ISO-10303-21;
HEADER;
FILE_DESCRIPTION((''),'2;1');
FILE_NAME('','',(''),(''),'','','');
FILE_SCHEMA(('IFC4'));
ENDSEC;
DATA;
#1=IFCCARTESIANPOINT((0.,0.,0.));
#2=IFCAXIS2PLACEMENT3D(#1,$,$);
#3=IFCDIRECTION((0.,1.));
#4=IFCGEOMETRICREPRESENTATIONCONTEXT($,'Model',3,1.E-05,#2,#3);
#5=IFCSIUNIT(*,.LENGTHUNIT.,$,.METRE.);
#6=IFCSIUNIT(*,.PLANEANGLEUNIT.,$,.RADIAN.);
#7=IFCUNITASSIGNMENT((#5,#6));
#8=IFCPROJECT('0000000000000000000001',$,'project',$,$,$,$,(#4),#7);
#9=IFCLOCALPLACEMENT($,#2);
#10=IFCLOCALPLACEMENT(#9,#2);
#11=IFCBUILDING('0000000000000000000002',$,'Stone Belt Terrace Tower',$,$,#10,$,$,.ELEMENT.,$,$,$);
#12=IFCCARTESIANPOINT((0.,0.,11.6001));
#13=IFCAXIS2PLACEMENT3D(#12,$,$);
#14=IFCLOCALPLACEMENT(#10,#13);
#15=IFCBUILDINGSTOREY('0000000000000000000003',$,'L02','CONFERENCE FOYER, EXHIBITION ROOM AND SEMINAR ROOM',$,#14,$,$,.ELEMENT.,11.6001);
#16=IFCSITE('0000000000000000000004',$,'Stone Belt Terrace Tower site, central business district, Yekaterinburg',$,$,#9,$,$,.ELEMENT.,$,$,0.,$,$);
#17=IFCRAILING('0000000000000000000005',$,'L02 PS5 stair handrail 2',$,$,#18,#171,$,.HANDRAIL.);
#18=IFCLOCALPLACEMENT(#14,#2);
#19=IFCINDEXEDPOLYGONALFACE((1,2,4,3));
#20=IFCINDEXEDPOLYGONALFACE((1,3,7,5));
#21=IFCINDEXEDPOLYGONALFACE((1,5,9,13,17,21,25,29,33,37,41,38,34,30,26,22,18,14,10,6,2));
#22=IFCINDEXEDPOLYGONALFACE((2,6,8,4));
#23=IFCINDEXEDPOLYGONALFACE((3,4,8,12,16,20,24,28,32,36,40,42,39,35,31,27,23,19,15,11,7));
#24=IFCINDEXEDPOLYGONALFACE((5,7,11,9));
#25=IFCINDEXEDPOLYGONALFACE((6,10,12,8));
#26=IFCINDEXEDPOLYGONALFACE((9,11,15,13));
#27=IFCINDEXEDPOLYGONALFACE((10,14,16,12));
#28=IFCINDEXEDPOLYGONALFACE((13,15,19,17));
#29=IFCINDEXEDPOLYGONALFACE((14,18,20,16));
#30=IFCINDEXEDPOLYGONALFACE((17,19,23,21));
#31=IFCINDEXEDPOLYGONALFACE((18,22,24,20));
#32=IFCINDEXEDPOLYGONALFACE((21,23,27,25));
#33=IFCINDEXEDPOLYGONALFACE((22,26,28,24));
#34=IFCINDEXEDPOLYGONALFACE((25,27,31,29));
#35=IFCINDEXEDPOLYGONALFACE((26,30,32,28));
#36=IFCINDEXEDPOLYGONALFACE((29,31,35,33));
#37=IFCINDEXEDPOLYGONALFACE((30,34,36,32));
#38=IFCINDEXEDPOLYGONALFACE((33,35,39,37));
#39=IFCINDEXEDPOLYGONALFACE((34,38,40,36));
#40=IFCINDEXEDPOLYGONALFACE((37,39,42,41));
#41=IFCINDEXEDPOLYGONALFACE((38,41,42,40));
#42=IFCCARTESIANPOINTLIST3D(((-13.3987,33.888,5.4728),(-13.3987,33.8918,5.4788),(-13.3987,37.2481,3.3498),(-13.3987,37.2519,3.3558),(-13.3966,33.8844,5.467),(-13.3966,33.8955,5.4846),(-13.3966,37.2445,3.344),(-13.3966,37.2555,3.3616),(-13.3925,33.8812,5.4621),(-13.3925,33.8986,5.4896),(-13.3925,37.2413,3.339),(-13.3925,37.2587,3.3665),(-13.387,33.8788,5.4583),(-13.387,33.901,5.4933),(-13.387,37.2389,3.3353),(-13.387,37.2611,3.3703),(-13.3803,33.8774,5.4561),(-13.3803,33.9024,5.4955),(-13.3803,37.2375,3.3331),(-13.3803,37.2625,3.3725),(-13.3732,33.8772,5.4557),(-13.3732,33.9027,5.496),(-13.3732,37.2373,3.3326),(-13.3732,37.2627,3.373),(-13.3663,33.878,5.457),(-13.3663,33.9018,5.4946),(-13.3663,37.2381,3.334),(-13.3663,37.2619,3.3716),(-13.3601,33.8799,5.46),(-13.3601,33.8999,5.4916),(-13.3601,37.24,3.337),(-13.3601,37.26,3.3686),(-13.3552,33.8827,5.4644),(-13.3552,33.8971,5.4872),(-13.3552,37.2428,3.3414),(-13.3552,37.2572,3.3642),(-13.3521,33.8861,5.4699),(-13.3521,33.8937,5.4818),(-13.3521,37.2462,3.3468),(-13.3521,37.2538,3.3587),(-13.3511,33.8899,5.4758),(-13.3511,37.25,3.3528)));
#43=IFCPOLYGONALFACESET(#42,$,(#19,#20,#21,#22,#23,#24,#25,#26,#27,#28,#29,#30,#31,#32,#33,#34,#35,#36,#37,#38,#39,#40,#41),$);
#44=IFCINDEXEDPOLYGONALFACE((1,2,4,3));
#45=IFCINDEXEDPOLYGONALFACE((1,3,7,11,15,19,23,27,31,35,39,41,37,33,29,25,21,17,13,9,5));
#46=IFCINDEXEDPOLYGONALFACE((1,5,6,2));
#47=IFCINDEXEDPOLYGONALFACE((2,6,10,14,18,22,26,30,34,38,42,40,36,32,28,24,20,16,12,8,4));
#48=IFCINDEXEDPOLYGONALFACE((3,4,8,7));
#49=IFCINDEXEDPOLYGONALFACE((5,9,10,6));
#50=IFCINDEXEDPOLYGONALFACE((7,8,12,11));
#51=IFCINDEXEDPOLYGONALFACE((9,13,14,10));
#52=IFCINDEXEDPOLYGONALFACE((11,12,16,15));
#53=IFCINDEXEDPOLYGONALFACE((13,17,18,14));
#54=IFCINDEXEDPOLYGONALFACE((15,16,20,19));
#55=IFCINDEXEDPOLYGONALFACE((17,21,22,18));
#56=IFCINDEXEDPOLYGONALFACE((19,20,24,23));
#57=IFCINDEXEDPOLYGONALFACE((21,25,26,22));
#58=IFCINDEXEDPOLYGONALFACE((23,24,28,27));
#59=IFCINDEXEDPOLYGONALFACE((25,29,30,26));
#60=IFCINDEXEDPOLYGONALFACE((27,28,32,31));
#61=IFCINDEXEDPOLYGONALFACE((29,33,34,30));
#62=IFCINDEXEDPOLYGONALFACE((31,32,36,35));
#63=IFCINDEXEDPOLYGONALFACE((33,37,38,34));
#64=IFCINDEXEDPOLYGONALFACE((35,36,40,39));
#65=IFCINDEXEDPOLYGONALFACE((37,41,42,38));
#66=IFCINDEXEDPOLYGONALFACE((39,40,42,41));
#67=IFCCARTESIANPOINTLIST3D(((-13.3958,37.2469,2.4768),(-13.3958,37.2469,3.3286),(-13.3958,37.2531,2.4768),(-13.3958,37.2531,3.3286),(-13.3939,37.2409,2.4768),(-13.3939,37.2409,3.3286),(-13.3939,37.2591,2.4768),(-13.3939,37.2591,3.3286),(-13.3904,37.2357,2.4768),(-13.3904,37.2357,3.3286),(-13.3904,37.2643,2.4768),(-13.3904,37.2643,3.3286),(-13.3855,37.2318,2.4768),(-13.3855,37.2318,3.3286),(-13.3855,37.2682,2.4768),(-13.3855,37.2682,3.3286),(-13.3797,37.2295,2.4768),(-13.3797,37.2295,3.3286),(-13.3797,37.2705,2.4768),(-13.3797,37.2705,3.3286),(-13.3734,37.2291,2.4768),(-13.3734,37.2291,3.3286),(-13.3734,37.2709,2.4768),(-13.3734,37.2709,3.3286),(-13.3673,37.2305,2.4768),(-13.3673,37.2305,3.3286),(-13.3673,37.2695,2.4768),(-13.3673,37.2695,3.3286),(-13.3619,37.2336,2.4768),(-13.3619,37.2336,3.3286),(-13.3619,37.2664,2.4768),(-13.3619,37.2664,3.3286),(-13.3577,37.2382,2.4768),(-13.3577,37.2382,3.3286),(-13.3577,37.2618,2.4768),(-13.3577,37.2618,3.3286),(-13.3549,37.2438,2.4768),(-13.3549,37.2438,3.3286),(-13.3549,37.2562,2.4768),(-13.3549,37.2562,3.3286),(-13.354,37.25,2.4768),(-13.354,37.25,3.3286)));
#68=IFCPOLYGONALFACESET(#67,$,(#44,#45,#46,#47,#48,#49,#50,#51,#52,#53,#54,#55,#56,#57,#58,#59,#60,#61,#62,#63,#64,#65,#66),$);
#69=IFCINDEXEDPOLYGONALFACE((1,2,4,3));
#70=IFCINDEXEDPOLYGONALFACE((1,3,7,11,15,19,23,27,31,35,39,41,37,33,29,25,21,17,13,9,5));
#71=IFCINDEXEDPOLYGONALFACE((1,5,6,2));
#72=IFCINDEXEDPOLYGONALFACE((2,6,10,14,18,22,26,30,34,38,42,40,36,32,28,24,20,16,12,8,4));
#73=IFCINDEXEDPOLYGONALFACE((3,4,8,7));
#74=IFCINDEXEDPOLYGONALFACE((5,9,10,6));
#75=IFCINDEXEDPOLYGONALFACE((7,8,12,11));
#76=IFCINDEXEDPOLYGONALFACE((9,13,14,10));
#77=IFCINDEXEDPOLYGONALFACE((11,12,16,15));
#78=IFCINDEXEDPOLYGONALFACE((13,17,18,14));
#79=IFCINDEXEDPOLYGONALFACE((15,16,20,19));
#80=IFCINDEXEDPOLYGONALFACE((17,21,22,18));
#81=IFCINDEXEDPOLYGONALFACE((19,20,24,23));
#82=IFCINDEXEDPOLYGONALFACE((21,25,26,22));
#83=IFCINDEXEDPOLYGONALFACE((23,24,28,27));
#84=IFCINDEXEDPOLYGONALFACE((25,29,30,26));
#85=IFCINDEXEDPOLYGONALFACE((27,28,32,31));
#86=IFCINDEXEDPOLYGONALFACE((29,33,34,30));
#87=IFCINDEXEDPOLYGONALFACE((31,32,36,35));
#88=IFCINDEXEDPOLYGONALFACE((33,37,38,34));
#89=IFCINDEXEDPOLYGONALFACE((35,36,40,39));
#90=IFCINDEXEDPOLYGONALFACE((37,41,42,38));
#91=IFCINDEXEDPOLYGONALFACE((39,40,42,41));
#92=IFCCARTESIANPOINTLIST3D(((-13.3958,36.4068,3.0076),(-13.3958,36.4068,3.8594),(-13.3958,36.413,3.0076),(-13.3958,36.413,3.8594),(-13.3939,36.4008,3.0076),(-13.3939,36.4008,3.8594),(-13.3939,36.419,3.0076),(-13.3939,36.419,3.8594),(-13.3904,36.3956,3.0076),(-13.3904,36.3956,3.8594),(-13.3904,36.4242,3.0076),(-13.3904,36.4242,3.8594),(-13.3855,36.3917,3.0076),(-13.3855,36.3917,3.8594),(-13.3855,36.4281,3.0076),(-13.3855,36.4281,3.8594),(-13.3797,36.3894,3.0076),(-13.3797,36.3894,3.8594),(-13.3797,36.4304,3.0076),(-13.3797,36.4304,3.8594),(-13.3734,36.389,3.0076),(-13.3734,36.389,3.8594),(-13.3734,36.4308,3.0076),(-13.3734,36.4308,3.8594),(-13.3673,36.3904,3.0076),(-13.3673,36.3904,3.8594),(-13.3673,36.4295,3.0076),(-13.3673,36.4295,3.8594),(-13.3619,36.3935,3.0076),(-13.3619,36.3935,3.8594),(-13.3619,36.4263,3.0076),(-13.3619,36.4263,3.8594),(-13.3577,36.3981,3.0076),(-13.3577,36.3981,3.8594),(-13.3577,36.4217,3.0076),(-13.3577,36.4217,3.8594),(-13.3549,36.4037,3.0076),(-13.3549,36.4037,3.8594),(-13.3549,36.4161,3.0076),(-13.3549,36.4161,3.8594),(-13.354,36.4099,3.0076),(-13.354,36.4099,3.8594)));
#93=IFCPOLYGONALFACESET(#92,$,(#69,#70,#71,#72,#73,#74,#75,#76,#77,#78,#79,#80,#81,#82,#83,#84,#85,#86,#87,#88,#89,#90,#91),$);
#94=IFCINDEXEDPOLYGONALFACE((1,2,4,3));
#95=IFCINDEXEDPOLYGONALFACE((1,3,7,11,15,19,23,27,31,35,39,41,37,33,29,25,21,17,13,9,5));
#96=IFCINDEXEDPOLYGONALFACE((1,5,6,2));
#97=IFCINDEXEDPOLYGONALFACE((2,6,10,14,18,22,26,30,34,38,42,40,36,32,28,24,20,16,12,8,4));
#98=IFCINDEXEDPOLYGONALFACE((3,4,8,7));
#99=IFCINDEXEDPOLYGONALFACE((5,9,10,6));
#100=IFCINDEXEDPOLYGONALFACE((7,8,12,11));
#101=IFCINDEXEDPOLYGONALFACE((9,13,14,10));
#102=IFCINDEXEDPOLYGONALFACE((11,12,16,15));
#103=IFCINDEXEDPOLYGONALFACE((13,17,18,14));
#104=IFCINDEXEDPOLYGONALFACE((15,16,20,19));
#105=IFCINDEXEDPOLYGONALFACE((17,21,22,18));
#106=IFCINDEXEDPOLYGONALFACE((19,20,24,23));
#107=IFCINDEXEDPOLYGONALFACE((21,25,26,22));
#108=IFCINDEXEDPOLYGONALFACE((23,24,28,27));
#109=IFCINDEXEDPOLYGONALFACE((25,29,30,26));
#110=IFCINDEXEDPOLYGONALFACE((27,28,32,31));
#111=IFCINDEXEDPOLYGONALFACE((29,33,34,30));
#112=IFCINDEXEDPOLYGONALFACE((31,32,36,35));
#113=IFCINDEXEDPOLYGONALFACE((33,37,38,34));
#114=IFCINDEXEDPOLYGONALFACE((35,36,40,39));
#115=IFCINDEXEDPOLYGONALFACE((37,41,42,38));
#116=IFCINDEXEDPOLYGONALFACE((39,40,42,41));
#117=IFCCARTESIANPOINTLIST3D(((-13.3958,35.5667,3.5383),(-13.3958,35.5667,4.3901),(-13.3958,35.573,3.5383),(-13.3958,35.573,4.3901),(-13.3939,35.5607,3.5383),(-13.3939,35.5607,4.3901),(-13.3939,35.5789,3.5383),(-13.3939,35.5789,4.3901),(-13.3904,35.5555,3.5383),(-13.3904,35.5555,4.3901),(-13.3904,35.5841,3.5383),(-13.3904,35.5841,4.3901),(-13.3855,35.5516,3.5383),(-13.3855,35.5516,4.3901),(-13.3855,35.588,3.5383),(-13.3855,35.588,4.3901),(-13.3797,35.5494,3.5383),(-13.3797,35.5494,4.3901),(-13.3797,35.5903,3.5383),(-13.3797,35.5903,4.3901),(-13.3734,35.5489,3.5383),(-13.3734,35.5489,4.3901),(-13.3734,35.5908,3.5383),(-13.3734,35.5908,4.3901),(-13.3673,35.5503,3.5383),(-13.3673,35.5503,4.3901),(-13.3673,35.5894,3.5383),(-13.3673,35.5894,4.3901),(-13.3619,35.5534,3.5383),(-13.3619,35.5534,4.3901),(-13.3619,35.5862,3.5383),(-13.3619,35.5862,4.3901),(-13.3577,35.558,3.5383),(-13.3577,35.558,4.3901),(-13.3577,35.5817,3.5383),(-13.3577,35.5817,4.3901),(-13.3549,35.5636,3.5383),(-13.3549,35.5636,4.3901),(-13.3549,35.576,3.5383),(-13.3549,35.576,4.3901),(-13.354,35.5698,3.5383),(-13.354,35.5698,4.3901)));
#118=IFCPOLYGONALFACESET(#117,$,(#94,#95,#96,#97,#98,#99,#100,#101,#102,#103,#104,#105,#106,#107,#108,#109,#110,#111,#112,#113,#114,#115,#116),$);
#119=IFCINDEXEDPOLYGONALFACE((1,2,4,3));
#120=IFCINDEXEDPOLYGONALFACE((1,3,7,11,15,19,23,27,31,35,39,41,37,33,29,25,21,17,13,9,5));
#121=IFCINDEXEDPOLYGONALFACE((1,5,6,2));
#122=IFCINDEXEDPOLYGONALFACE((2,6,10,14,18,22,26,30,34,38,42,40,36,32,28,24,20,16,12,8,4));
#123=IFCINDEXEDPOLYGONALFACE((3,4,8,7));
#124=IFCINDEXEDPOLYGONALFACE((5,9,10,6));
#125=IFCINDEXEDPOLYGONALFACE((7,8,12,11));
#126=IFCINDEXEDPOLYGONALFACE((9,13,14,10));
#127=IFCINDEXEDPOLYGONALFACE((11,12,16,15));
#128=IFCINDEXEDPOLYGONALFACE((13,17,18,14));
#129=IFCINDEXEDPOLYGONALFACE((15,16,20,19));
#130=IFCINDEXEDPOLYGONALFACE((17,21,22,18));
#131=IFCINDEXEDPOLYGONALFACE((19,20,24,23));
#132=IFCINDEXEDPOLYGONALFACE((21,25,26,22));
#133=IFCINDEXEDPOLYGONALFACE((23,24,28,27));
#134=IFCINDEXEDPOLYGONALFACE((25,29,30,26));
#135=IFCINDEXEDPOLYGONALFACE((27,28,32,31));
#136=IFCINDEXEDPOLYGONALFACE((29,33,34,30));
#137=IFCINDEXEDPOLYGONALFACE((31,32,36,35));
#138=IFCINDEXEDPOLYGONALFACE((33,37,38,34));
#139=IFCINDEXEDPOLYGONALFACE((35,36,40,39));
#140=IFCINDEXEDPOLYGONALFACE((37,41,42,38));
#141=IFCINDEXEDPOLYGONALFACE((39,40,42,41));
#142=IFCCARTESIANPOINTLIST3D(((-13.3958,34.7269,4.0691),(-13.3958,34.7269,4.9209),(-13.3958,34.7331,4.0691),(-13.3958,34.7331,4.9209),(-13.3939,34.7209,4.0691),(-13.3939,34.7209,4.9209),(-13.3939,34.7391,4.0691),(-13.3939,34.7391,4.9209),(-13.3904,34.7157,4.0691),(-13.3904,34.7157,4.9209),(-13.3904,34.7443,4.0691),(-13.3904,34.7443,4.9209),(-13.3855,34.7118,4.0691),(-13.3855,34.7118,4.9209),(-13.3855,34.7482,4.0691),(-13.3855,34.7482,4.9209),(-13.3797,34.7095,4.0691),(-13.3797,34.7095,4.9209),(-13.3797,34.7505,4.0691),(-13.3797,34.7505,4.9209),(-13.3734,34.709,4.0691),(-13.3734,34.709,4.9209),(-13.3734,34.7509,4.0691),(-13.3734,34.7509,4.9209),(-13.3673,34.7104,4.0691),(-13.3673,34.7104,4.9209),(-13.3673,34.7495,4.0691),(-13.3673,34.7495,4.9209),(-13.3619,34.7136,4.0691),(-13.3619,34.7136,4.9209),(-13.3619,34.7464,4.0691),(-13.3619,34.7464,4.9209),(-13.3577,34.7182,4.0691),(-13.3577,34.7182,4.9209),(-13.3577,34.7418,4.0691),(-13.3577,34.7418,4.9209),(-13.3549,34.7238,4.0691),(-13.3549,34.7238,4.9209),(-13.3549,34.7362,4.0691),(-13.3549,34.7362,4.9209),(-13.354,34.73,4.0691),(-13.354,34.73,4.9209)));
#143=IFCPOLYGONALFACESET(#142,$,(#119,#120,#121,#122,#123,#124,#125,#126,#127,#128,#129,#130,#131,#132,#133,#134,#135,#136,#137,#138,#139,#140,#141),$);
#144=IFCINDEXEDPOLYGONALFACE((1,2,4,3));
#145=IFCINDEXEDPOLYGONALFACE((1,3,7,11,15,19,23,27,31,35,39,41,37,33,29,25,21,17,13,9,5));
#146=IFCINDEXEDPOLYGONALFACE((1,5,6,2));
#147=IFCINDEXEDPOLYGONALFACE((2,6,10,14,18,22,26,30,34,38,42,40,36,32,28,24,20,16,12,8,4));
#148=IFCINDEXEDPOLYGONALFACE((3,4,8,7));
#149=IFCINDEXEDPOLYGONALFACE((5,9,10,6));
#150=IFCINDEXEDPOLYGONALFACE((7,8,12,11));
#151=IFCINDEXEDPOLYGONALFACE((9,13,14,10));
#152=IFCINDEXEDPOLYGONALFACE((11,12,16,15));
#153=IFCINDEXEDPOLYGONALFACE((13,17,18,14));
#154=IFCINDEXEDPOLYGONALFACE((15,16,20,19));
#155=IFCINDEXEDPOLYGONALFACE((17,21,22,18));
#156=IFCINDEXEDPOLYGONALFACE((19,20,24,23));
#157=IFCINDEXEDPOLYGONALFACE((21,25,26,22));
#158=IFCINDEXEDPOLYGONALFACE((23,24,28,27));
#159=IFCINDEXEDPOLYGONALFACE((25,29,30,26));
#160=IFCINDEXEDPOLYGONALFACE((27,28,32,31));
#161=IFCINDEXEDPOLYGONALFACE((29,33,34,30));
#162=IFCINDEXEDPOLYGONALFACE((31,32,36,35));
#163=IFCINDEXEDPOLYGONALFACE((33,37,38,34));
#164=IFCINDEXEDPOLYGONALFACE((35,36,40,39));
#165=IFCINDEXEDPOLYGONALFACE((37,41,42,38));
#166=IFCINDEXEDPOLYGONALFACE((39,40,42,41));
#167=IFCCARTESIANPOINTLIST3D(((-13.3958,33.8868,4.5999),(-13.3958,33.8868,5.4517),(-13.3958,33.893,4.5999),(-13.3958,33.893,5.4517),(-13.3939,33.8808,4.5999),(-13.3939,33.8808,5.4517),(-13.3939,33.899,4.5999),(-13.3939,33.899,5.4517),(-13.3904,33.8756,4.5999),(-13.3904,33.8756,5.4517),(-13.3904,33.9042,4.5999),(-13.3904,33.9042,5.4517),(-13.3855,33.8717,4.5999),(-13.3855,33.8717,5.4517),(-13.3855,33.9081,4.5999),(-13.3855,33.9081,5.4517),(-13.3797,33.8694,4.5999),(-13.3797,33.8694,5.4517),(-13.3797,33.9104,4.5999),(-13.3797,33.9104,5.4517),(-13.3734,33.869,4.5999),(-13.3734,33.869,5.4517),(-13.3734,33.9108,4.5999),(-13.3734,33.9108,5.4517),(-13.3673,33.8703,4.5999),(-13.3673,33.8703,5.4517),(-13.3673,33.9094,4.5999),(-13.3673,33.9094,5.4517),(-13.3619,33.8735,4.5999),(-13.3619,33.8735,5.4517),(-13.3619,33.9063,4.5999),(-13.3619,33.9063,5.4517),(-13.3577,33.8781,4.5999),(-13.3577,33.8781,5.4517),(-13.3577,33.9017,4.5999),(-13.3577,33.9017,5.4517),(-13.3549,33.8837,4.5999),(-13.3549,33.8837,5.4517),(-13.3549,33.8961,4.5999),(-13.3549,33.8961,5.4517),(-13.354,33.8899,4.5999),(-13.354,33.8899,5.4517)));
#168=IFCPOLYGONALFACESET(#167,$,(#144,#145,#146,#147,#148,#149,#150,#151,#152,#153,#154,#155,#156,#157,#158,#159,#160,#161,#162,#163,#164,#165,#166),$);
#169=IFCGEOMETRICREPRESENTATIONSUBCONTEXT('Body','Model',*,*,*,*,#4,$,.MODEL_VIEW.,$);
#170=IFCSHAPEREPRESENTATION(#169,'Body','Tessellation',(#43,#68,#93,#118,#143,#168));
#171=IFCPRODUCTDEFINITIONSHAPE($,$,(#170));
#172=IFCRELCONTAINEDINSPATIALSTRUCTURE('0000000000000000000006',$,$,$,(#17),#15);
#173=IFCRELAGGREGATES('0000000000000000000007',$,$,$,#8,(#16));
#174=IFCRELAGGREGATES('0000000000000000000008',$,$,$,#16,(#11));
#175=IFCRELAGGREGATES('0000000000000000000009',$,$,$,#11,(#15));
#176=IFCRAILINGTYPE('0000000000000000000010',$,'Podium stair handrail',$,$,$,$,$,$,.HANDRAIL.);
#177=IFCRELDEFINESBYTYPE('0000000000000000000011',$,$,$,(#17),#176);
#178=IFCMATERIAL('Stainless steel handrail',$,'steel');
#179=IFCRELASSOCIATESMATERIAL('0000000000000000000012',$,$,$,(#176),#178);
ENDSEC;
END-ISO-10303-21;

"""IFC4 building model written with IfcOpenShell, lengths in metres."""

from ifc_helpers import new_model, si_unit, direction, frame, origin, origin_2d, place, context, subcontext, project, spatial, circle, extrude, material, type_object, element, save


model = new_model("IFC4")

# Units and contexts
model_context = context("Model", 3, precision=1e-05, world=origin(), true_north=direction((0.0, 1.0)))
body_context = subcontext(model_context, "Body", "Model", "MODEL_VIEW")
ifc_project = project(units=[si_unit("LENGTHUNIT", "METRE"), si_unit("PLANEANGLEUNIT", "RADIAN")], contexts=[model_context])

# Site, building, storey
site_placement = place(None, origin())
site = spatial("IfcSite", under=ifc_project, at=site_placement, Name="Stone Belt Terrace Tower site, central business district, Yekaterinburg", CompositionType="ELEMENT", RefElevation=0.0)
building_placement = place(site_placement, origin())
building = spatial("IfcBuilding", under=site, at=building_placement, Name="Stone Belt Terrace Tower", CompositionType="ELEMENT")
storey_placement = place(building_placement, frame((0.0, 0.0, 11.6001)))
storey = spatial("IfcBuildingStorey", under=building, at=storey_placement, Name="L02", Description="CONFERENCE FOYER, EXHIBITION ROOM AND SEMINAR ROOM", CompositionType="ELEMENT", Elevation=11.6001)

# Railing
ifc_material_1 = material(Name="Stainless steel handrail", Category="steel")
railing_type_1 = type_object("IfcRailingType", Name="Podium stair handrail", PredefinedType="HANDRAIL", material=ifc_material_1)
railing_1_placement = place(storey_placement, frame((-13.375, 37.25, 2.4768)))
element("IfcRailing", 1, at=railing_1_placement, inside=storey, type_object=railing_type_1, Name="L02 PS5 stair handrail 2", PredefinedType="HANDRAIL", context=body_context, shape_type="SweptSolid", body=[
    extrude(circle(Radius=0.0239, at=origin_2d()), frame((0.0, 0.0, 0.876), z_axis=(0.0, -0.84539, 0.53415), x_axis=(1.0, 0.0, 0.0)), (0.0, 0.0, 1.0), 3.9746),
    extrude(circle(Radius=0.021, at=origin_2d()), origin(), (0.0, 0.0, 1.0), 0.8518),
    extrude(circle(Radius=0.021, at=origin_2d()), frame((0.0, -0.8401, 0.5308)), (0.0, 0.0, 1.0), 0.8518),
    extrude(circle(Radius=0.021, at=origin_2d()), frame((0.0, -1.6802, 1.0615)), (0.0, 0.0, 1.0), 0.8518),
    extrude(circle(Radius=0.021, at=origin_2d()), frame((0.0, -2.52, 1.5923)), (0.0, 0.0, 1.0), 0.8518),
    extrude(circle(Radius=0.021, at=origin_2d()), frame((0.0, -3.3601, 2.123)), (0.0, 0.0, 1.0), 0.8518),
])

save(model, "model.ifc")
